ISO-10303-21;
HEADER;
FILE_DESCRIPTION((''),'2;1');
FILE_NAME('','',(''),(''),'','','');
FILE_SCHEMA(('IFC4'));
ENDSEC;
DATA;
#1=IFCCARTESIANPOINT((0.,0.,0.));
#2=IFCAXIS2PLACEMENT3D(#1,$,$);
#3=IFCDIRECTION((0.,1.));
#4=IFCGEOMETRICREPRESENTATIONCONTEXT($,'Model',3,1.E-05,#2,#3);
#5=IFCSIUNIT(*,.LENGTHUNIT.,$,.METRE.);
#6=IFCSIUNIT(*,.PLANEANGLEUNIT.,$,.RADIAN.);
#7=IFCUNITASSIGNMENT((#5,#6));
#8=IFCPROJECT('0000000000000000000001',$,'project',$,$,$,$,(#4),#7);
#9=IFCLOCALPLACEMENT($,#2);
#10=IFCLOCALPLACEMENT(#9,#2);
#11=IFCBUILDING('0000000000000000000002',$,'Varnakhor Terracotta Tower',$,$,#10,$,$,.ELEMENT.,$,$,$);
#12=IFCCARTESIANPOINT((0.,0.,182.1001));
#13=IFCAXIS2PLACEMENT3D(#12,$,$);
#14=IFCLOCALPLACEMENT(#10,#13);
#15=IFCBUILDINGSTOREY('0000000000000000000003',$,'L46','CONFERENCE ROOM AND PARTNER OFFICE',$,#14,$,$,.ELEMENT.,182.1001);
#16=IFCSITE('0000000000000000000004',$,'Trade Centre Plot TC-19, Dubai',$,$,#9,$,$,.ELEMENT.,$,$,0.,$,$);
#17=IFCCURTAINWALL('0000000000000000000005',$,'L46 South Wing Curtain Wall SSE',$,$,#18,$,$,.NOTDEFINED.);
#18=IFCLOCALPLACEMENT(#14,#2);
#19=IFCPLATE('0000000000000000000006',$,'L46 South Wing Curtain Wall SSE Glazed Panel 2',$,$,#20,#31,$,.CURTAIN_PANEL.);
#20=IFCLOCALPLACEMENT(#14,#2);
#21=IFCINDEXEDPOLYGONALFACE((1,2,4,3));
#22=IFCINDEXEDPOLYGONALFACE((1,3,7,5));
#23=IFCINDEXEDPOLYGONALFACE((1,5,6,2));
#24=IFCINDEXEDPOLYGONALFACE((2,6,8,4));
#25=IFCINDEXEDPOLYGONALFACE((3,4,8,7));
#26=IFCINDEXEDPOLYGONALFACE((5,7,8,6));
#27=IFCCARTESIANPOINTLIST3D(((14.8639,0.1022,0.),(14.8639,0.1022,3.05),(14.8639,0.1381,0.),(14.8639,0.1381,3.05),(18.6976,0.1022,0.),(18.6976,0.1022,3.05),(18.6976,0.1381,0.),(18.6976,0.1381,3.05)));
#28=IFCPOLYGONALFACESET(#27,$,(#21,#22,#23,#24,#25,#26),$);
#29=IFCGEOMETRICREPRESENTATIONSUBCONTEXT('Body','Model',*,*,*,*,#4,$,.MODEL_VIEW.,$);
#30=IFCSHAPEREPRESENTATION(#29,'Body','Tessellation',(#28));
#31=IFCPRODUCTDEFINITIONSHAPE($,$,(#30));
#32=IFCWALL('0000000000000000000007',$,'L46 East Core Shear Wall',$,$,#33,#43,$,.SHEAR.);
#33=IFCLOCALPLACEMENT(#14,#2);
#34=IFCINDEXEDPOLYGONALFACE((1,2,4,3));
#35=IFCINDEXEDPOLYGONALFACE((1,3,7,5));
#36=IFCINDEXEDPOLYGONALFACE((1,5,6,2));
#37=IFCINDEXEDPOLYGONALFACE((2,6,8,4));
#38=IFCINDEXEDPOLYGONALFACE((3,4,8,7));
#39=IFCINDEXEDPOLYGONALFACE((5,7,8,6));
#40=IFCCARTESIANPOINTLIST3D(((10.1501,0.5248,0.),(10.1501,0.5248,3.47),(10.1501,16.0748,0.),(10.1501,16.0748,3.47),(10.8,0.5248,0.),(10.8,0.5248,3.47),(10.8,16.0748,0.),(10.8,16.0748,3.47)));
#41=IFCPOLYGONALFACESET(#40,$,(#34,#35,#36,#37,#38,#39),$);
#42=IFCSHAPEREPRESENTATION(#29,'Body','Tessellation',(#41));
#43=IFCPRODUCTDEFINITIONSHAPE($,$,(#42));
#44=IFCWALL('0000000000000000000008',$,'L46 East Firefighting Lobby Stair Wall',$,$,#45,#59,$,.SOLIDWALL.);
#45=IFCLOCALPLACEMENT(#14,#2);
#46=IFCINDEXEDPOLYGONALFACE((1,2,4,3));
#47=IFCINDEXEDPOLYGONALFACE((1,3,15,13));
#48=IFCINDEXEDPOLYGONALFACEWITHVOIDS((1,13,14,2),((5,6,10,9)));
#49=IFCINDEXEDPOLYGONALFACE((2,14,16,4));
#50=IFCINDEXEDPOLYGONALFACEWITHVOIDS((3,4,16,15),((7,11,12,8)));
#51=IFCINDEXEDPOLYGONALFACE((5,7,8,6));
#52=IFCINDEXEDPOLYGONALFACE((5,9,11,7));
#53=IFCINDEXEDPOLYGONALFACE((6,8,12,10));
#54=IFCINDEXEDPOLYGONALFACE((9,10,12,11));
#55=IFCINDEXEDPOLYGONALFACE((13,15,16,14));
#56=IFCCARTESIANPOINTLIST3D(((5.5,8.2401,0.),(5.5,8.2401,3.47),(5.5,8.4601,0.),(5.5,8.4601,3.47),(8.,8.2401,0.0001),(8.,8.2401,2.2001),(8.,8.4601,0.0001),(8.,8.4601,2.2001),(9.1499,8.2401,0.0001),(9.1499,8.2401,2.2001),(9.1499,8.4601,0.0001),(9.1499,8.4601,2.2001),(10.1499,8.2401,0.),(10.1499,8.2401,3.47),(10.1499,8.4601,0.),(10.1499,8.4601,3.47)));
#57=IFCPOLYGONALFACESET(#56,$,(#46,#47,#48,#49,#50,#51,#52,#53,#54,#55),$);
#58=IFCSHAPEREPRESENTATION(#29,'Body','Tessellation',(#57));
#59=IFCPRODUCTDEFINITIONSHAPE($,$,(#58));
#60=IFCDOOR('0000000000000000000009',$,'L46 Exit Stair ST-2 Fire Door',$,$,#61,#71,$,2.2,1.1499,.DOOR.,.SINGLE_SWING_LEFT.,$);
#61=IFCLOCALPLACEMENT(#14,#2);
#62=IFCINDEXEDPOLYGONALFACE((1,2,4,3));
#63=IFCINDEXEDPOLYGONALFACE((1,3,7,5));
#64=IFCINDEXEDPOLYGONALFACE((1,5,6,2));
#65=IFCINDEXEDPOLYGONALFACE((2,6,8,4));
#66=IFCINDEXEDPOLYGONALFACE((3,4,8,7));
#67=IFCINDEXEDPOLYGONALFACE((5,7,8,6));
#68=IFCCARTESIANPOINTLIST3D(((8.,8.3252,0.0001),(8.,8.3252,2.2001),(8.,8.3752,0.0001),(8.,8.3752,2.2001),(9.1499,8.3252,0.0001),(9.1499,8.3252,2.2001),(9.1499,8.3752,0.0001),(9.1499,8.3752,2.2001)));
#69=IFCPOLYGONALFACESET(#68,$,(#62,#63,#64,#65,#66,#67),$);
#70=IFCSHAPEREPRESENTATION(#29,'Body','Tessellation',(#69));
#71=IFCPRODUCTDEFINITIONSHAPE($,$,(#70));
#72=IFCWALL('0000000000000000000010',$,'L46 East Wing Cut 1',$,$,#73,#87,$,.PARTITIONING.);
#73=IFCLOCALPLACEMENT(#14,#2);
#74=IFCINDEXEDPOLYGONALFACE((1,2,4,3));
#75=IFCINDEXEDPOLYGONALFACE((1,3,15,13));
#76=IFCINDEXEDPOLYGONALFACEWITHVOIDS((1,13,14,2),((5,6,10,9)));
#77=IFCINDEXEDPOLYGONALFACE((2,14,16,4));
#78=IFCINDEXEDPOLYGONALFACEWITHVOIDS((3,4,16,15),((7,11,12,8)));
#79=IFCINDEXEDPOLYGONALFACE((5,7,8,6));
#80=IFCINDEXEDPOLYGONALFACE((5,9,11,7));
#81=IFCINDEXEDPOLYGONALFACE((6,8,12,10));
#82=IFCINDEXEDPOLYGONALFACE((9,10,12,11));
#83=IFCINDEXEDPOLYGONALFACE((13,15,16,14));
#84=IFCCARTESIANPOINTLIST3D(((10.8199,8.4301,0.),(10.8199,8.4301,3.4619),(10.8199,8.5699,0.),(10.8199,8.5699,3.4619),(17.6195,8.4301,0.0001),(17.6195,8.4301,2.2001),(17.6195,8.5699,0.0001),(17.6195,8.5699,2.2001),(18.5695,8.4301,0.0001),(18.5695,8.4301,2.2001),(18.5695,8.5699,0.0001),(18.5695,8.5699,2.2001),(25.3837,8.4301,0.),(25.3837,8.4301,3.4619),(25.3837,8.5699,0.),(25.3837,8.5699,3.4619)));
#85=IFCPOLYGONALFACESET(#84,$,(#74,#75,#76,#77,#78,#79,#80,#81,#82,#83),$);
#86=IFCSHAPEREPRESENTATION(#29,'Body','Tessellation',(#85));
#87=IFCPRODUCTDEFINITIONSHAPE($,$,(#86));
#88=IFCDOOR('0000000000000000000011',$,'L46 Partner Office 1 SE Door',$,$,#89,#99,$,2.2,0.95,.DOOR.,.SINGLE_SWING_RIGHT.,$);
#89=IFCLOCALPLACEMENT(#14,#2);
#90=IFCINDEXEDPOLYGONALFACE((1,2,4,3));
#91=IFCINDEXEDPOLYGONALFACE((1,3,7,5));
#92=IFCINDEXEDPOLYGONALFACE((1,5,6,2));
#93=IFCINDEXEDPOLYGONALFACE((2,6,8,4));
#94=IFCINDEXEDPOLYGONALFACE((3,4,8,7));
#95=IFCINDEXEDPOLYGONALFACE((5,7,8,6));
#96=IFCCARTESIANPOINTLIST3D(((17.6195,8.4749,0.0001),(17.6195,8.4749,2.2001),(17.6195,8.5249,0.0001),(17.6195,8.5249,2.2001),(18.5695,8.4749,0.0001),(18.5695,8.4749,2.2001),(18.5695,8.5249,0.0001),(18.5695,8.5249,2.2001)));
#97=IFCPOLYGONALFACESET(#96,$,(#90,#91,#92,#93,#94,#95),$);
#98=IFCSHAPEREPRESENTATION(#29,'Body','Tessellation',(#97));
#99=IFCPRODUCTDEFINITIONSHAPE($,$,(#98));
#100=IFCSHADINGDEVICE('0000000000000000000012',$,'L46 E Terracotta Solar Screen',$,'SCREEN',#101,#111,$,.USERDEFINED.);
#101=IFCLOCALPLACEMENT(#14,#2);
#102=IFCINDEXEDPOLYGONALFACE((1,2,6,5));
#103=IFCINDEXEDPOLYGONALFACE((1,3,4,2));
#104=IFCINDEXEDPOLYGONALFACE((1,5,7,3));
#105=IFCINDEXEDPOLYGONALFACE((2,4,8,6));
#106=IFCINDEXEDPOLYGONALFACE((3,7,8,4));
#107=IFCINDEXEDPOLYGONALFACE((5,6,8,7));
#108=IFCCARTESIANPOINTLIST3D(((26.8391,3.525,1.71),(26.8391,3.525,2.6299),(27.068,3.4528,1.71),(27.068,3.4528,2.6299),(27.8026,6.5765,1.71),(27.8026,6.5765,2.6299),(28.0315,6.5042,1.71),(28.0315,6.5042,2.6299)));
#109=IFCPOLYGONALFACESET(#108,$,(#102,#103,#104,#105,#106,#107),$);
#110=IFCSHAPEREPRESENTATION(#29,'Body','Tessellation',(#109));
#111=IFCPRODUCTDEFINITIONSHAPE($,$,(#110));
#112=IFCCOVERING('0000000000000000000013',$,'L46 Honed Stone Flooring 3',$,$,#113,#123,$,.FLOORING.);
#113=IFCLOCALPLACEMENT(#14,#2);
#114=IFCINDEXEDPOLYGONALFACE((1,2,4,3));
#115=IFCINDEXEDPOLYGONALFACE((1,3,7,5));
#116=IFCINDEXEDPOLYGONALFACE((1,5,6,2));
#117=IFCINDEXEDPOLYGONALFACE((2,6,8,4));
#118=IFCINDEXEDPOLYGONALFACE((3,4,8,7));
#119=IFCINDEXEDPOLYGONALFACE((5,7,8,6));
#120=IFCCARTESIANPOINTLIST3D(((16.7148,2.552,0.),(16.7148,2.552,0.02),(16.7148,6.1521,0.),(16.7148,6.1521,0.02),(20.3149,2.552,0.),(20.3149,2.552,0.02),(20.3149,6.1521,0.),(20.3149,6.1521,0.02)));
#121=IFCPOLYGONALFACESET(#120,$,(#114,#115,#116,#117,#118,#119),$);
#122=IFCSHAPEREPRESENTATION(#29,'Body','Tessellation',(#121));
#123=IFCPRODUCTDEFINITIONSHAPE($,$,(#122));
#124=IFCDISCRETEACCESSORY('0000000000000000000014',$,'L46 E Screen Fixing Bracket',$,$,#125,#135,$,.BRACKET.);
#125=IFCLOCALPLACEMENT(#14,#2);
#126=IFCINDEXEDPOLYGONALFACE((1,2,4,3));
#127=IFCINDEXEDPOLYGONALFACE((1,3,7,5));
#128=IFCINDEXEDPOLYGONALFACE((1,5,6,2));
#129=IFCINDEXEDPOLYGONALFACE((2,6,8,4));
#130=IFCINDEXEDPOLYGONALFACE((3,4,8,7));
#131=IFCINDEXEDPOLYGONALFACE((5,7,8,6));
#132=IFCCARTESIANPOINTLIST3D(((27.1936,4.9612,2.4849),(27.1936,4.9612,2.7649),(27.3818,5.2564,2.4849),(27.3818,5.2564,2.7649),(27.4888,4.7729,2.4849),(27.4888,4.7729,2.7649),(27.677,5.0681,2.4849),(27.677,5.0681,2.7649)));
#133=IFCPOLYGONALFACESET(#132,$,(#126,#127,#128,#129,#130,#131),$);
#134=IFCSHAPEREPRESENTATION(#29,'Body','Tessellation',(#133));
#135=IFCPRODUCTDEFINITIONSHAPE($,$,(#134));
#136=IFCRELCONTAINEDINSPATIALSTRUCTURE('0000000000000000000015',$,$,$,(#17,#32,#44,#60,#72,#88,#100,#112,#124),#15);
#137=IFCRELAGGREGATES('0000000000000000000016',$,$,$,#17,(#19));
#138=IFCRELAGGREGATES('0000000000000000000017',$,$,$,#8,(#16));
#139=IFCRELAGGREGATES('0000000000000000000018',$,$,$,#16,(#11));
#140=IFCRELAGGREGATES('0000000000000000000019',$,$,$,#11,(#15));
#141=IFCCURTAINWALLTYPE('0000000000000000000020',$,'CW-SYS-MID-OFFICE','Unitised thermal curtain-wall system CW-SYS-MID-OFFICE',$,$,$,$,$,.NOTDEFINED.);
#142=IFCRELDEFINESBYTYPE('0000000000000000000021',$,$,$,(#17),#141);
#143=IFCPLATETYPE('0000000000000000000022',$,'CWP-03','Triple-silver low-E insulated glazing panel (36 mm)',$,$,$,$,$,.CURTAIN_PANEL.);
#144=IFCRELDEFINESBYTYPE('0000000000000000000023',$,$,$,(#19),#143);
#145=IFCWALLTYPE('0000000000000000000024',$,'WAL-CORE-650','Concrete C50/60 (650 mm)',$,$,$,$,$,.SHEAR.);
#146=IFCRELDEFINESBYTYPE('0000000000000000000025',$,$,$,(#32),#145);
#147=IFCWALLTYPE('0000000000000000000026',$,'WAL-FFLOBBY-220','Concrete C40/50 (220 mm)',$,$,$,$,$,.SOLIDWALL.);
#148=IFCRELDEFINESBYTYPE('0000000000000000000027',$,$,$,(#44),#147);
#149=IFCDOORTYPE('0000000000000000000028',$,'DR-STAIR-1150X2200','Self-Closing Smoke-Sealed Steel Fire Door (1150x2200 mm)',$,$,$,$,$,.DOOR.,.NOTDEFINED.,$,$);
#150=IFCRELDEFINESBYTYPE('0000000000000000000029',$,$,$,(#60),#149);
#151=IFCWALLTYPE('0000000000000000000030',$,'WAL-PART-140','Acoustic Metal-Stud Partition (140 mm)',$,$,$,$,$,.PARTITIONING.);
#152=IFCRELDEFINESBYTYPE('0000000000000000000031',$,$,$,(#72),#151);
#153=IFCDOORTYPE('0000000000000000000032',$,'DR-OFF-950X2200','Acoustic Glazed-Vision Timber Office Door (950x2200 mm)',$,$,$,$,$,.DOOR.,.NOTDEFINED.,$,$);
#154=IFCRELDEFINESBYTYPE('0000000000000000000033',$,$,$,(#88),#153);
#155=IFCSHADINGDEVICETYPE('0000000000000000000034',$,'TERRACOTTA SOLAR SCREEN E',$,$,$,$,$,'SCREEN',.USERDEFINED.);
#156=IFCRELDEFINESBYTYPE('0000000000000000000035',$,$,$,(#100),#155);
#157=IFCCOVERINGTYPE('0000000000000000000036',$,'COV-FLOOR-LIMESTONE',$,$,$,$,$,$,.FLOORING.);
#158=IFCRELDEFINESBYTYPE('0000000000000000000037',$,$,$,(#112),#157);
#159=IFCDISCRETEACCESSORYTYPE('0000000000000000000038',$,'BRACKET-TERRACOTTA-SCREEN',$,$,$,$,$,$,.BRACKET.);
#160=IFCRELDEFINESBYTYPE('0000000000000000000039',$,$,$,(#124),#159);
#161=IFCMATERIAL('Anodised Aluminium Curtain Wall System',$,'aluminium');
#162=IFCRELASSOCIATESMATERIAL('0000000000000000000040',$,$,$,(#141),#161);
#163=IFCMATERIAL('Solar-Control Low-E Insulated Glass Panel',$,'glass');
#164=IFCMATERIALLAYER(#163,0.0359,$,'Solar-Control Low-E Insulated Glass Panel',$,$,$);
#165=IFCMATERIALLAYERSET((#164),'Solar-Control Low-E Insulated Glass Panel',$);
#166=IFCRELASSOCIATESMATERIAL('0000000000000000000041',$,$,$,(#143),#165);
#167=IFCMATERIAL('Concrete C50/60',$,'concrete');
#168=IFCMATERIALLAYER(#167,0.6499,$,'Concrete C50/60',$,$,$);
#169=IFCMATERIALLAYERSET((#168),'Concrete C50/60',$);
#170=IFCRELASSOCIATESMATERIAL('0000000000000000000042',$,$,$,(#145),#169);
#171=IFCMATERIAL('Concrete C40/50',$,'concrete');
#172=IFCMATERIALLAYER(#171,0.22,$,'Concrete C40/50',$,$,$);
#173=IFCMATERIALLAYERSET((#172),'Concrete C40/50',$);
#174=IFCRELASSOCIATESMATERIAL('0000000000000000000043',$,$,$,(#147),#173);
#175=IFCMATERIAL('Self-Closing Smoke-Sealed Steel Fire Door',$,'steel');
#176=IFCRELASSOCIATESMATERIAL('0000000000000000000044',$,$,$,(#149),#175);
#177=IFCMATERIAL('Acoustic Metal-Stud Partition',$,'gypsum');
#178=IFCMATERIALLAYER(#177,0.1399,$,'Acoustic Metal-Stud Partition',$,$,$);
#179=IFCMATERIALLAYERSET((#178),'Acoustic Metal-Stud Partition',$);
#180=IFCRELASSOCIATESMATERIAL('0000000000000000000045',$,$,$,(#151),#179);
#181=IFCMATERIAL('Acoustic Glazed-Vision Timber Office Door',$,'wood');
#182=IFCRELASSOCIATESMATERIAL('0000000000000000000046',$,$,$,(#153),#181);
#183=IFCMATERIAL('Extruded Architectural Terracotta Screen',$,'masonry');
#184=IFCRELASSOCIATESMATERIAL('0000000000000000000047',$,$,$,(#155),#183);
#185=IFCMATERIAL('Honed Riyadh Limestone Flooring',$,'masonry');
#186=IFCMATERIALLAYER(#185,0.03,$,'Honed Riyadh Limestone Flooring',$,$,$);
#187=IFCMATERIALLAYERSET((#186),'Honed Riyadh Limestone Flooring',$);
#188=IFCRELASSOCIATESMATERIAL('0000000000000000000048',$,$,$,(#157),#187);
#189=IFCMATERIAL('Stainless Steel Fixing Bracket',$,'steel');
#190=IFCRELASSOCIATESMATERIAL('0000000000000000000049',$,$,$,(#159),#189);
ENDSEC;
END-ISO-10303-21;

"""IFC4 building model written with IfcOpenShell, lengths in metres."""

from ifc_helpers import new_model, si_unit, direction, frame, frame_2d, origin, origin_2d, place, context, subcontext, project, spatial, rectangle, extrude, source, transform, mapped, material, layer, layer_set, type_object, type_shapes, element, fill, aggregate, save


model = new_model("IFC4")

# Units and contexts
model_context = context("Model", 3, precision=1e-05, world=origin(), true_north=direction((0.0, 1.0)))
body_context = subcontext(model_context, "Body", "Model", "MODEL_VIEW")
ifc_project = project(units=[si_unit("LENGTHUNIT", "METRE"), si_unit("PLANEANGLEUNIT", "RADIAN")], contexts=[model_context])

# Site, building, storey
site_placement = place(None, origin())
site = spatial("IfcSite", under=ifc_project, at=site_placement, Name="Trade Centre Plot TC-19, Dubai", CompositionType="ELEMENT", RefElevation=0.0)
building_placement = place(site_placement, origin())
building = spatial("IfcBuilding", under=site, at=building_placement, Name="Varnakhor Terracotta Tower", CompositionType="ELEMENT")
storey_placement = place(building_placement, frame((0.0, 0.0, 182.1001)))
storey = spatial("IfcBuildingStorey", under=building, at=storey_placement, Name="L46", Description="CONFERENCE ROOM AND PARTNER OFFICE", CompositionType="ELEMENT", Elevation=182.1001)

# Shared definitions
ifc_material_1 = material(Name="Concrete C50/60", Category="concrete")

# Curtain wall
ifc_material_2 = material(Name="Anodised Aluminium Curtain Wall System", Category="aluminium")
curtain_wall_type = type_object("IfcCurtainWallType", Name="CW-SYS-MID-OFFICE", Description="Unitised thermal curtain-wall system CW-SYS-MID-OFFICE", PredefinedType="NOTDEFINED", material=ifc_material_2)
curtain_wall_1_placement = place(storey_placement, origin())
curtain_wall_1 = element("IfcCurtainWall", 1, at=curtain_wall_1_placement, inside=storey, type_object=curtain_wall_type, Name="L46 South Wing Curtain Wall SSE", PredefinedType="NOTDEFINED")

# Shared definitions
ifc_material_3 = material(Name="Solar-Control Low-E Insulated Glass Panel", Category="glass")
ifc_layer_1 = layer(ifc_material_3, 0.0359, Name="Solar-Control Low-E Insulated Glass Panel")
ifc_layer_set_1 = layer_set([ifc_layer_1], Name="Solar-Control Low-E Insulated Glass Panel")
plate_type_1 = type_object("IfcPlateType", Name="CWP-03", Description="Triple-silver low-E insulated glazing panel (36 mm)", PredefinedType="CURTAIN_PANEL", material=ifc_layer_set_1)

# Plate
shared_shape_1 = source(origin(), body_context, "Body", "SweptSolid", [
    extrude(rectangle(XDim=3.8337, YDim=0.0359, at=origin_2d()), origin(), (0.0, 0.0, 1.0), 3.05),
])
plate_1_placement = place(storey_placement, frame((16.7808, 0.1201, 0.0), z_axis=(0.0, 0.0, 1.0), x_axis=(-1.0, 0.0, 0.0)))
plate_1 = element("IfcPlate", 2, at=plate_1_placement, type_object=plate_type_1, Name="L46 South Wing Curtain Wall SSE Glazed Panel 2", PredefinedType="CURTAIN_PANEL", context=body_context, shape_type="MappedRepresentation", body=[
    mapped(shared_shape_1, transform((0.0, 0.0, 0.0), scale=1.0)),
])
aggregate(curtain_wall_1, [plate_1])

# Wall
ifc_layer_2 = layer(ifc_material_1, 0.6499, Name="Concrete C50/60")
ifc_layer_set_2 = layer_set([ifc_layer_2], Name="Concrete C50/60")
wall_type_1 = type_object("IfcWallType", Name="WAL-CORE-650", Description="Concrete C50/60 (650 mm)", PredefinedType="SHEAR", material=ifc_layer_set_2)
wall_1_placement = place(storey_placement, frame((10.4751, 0.5249, 0.0), z_axis=(0.0, 0.0, 1.0), x_axis=(0.0, 1.0, 0.0)))
element("IfcWall", 3, at=wall_1_placement, inside=storey, type_object=wall_type_1, Name="L46 East Core Shear Wall", PredefinedType="SHEAR", context=body_context, shape_type="SweptSolid", body=[
    extrude(rectangle(XDim=15.55, YDim=0.6499, at=frame_2d((7.7749, 0.0))), origin(), (0.0, 0.0, 1.0), 3.47),
])

# Walls, openings, doors
ifc_material_4 = material(Name="Concrete C40/50", Category="concrete")
ifc_layer_3 = layer(ifc_material_4, 0.22, Name="Concrete C40/50")
ifc_layer_set_3 = layer_set([ifc_layer_3], Name="Concrete C40/50")
wall_type_2 = type_object("IfcWallType", Name="WAL-FFLOBBY-220", Description="Concrete C40/50 (220 mm)", PredefinedType="SOLIDWALL", material=ifc_layer_set_3)
wall_2_placement = place(storey_placement, frame((10.1499, 8.3501, 0.0), z_axis=(0.0, 0.0, 1.0), x_axis=(-1.0, 0.0, 0.0)))
wall_2 = element("IfcWall", 4, at=wall_2_placement, inside=storey, type_object=wall_type_2, Name="L46 East Firefighting Lobby Stair Wall", PredefinedType="SOLIDWALL", context=body_context, shape_type="SweptSolid", body=[
    extrude(rectangle(XDim=4.6499, YDim=0.22, at=frame_2d((2.325, 0.0))), origin(), (0.0, 0.0, 1.0), 3.47),
])
opening_1_placement = place(wall_2_placement, frame((1.0, 0.0, 0.0)))
opening_1 = element("IfcOpeningElement", 5, at=opening_1_placement, cuts=wall_2, PredefinedType="OPENING", context=body_context, shape_type="SweptSolid", body=[
    extrude(rectangle(XDim=1.1499, YDim=2.2, at=frame_2d((0.575, 1.1001))), frame((0.0, 0.1201, 0.0), z_axis=(0.0, -1.0, 0.0), x_axis=(1.0, 0.0, 0.0)), (0.0, 0.0, 1.0), 0.24),
])
ifc_material_5 = material(Name="Self-Closing Smoke-Sealed Steel Fire Door", Category="steel")
door_type_1 = type_object("IfcDoorType", Name="DR-STAIR-1150X2200", Description="Self-Closing Smoke-Sealed Steel Fire Door (1150x2200 mm)", OperationType="NOTDEFINED", PredefinedType="DOOR", material=ifc_material_5)
shared_shape_2 = source(origin(), body_context, "Body", "SweptSolid", [
    extrude(rectangle(XDim=1.1499, YDim=2.2, at=frame_2d((0.575, 1.1001))), frame((0.0, 0.0249, 0.0), z_axis=(0.0, -1.0, 0.0), x_axis=(1.0, 0.0, 0.0)), (0.0, 0.0, 1.0), 0.05),
])
type_shapes(door_type_1, [shared_shape_2])
door_1_placement = place(opening_1_placement, origin())
door_1 = element("IfcDoor", 6, at=door_1_placement, inside=storey, type_object=door_type_1, Name="L46 Exit Stair ST-2 Fire Door", OperationType="SINGLE_SWING_LEFT", OverallHeight=2.2, OverallWidth=1.1499, PredefinedType="DOOR", context=body_context, shape_type="MappedRepresentation", body=[
    mapped(shared_shape_2, transform((0.0, 0.0, 0.0), scale=1.0)),
])
fill(opening_1, door_1)
ifc_material_6 = material(Name="Acoustic Metal-Stud Partition", Category="gypsum")
ifc_layer_4 = layer(ifc_material_6, 0.1399, Name="Acoustic Metal-Stud Partition")
ifc_layer_set_4 = layer_set([ifc_layer_4], Name="Acoustic Metal-Stud Partition")
wall_type_3 = type_object("IfcWallType", Name="WAL-PART-140", Description="Acoustic Metal-Stud Partition (140 mm)", PredefinedType="PARTITIONING", material=ifc_layer_set_4)
wall_3_placement = place(storey_placement, frame((10.8201, 8.5, 0.0), z_axis=(0.0, 0.0, 1.0), x_axis=(1.0, 0.0, 0.0)))
wall_3 = element("IfcWall", 7, at=wall_3_placement, inside=storey, type_object=wall_type_3, Name="L46 East Wing Cut 1", PredefinedType="PARTITIONING", context=body_context, shape_type="SweptSolid", body=[
    extrude(rectangle(XDim=14.5637, YDim=0.1399, at=frame_2d((7.2817, 0.0))), origin(), (0.0, 0.0, 1.0), 3.4619),
])
opening_2_placement = place(wall_3_placement, frame((6.7993, 0.0, 0.0)))
opening_2 = element("IfcOpeningElement", 8, at=opening_2_placement, cuts=wall_3, PredefinedType="OPENING", context=body_context, shape_type="SweptSolid", body=[
    extrude(rectangle(XDim=0.95, YDim=2.2, at=frame_2d((0.4751, 1.1001))), frame((0.0, 0.0801, 0.0), z_axis=(0.0, -1.0, 0.0), x_axis=(1.0, 0.0, 0.0)), (0.0, 0.0, 1.0), 0.1599),
])
ifc_material_7 = material(Name="Acoustic Glazed-Vision Timber Office Door", Category="wood")
door_type_2 = type_object("IfcDoorType", Name="DR-OFF-950X2200", Description="Acoustic Glazed-Vision Timber Office Door (950x2200 mm)", OperationType="NOTDEFINED", PredefinedType="DOOR", material=ifc_material_7)
shared_shape_3 = source(origin(), body_context, "Body", "SweptSolid", [
    extrude(rectangle(XDim=0.95, YDim=2.2, at=frame_2d((0.4751, 1.1001))), frame((0.0, 0.0249, 0.0), z_axis=(0.0, -1.0, 0.0), x_axis=(1.0, 0.0, 0.0)), (0.0, 0.0, 1.0), 0.05),
])
type_shapes(door_type_2, [shared_shape_3])
door_2_placement = place(opening_2_placement, origin())
door_2 = element("IfcDoor", 9, at=door_2_placement, inside=storey, type_object=door_type_2, Name="L46 Partner Office 1 SE Door", OperationType="SINGLE_SWING_RIGHT", OverallHeight=2.2, OverallWidth=0.95, PredefinedType="DOOR", context=body_context, shape_type="MappedRepresentation", body=[
    mapped(shared_shape_3, transform((0.0, 0.0, 0.0), scale=1.0)),
])
fill(opening_2, door_2)

# Shading device
ifc_material_8 = material(Name="Extruded Architectural Terracotta Screen", Category="masonry")
shading_device_type = type_object("IfcShadingDeviceType", Name="TERRACOTTA SOLAR SCREEN E", ElementType="SCREEN", PredefinedType="USERDEFINED", material=ifc_material_8)
shared_shape_4 = source(origin(), body_context, "Body", "SweptSolid", [
    extrude(rectangle(XDim=3.2, YDim=0.24, at=origin_2d()), origin(), (0.0, 0.0, 1.0), 0.9199),
])
type_shapes(shading_device_type, [shared_shape_4])
shading_device_placement = place(storey_placement, frame((27.4353, 5.0146, 1.71), z_axis=(0.0, 0.0, 1.0), x_axis=(0.301089, 0.953596, 0.0)))
element("IfcShadingDevice", 10, at=shading_device_placement, inside=storey, type_object=shading_device_type, Name="L46 E Terracotta Solar Screen", ObjectType="SCREEN", PredefinedType="USERDEFINED", context=body_context, shape_type="MappedRepresentation", body=[
    mapped(shared_shape_4, transform((0.0, 0.0, 0.0), scale=1.0)),
])

# Covering
ifc_material_9 = material(Name="Honed Riyadh Limestone Flooring", Category="masonry")
ifc_layer_5 = layer(ifc_material_9, 0.03, Name="Honed Riyadh Limestone Flooring")
ifc_layer_set_5 = layer_set([ifc_layer_5], Name="Honed Riyadh Limestone Flooring")
covering_type = type_object("IfcCoveringType", Name="COV-FLOOR-LIMESTONE", PredefinedType="FLOORING", material=ifc_layer_set_5)
shared_shape_5 = source(origin(), body_context, "Body", "SweptSolid", [
    extrude(rectangle(XDim=3.6001, YDim=3.6001, at=origin_2d()), origin(), (0.0, 0.0, 1.0), 0.02),
])
covering_placement = place(storey_placement, frame((18.5149, 4.3521, 0.0), z_axis=(0.0, 0.0, 1.0), x_axis=(1.0, 0.0, 0.0)))
element("IfcCovering", 11, at=covering_placement, inside=storey, type_object=covering_type, Name="L46 Honed Stone Flooring 3", PredefinedType="FLOORING", context=body_context, shape_type="MappedRepresentation", body=[
    mapped(shared_shape_5, transform((0.0, 0.0, 0.0), scale=1.0)),
])

# Discrete accessory
ifc_material_10 = material(Name="Stainless Steel Fixing Bracket", Category="steel")
discrete_accessory_type = type_object("IfcDiscreteAccessoryType", Name="BRACKET-TERRACOTTA-SCREEN", PredefinedType="BRACKET", material=ifc_material_10)
shared_shape_6 = source(origin(), body_context, "Body", "SweptSolid", [
    extrude(rectangle(XDim=0.3501, YDim=0.3501, at=origin_2d()), origin(), (0.0, 0.0, 1.0), 0.28),
])
type_shapes(discrete_accessory_type, [shared_shape_6])
discrete_accessory_placement = place(storey_placement, frame((27.4353, 5.0146, 2.4849), z_axis=(0.0, 0.0, 1.0), x_axis=(0.537638, 0.843176, 0.0)))
element("IfcDiscreteAccessory", 12, at=discrete_accessory_placement, inside=storey, type_object=discrete_accessory_type, Name="L46 E Screen Fixing Bracket", PredefinedType="BRACKET", context=body_context, shape_type="MappedRepresentation", body=[
    mapped(shared_shape_6, transform((0.0, 0.0, 0.0), scale=1.0)),
])

save(model, "model.ifc")
